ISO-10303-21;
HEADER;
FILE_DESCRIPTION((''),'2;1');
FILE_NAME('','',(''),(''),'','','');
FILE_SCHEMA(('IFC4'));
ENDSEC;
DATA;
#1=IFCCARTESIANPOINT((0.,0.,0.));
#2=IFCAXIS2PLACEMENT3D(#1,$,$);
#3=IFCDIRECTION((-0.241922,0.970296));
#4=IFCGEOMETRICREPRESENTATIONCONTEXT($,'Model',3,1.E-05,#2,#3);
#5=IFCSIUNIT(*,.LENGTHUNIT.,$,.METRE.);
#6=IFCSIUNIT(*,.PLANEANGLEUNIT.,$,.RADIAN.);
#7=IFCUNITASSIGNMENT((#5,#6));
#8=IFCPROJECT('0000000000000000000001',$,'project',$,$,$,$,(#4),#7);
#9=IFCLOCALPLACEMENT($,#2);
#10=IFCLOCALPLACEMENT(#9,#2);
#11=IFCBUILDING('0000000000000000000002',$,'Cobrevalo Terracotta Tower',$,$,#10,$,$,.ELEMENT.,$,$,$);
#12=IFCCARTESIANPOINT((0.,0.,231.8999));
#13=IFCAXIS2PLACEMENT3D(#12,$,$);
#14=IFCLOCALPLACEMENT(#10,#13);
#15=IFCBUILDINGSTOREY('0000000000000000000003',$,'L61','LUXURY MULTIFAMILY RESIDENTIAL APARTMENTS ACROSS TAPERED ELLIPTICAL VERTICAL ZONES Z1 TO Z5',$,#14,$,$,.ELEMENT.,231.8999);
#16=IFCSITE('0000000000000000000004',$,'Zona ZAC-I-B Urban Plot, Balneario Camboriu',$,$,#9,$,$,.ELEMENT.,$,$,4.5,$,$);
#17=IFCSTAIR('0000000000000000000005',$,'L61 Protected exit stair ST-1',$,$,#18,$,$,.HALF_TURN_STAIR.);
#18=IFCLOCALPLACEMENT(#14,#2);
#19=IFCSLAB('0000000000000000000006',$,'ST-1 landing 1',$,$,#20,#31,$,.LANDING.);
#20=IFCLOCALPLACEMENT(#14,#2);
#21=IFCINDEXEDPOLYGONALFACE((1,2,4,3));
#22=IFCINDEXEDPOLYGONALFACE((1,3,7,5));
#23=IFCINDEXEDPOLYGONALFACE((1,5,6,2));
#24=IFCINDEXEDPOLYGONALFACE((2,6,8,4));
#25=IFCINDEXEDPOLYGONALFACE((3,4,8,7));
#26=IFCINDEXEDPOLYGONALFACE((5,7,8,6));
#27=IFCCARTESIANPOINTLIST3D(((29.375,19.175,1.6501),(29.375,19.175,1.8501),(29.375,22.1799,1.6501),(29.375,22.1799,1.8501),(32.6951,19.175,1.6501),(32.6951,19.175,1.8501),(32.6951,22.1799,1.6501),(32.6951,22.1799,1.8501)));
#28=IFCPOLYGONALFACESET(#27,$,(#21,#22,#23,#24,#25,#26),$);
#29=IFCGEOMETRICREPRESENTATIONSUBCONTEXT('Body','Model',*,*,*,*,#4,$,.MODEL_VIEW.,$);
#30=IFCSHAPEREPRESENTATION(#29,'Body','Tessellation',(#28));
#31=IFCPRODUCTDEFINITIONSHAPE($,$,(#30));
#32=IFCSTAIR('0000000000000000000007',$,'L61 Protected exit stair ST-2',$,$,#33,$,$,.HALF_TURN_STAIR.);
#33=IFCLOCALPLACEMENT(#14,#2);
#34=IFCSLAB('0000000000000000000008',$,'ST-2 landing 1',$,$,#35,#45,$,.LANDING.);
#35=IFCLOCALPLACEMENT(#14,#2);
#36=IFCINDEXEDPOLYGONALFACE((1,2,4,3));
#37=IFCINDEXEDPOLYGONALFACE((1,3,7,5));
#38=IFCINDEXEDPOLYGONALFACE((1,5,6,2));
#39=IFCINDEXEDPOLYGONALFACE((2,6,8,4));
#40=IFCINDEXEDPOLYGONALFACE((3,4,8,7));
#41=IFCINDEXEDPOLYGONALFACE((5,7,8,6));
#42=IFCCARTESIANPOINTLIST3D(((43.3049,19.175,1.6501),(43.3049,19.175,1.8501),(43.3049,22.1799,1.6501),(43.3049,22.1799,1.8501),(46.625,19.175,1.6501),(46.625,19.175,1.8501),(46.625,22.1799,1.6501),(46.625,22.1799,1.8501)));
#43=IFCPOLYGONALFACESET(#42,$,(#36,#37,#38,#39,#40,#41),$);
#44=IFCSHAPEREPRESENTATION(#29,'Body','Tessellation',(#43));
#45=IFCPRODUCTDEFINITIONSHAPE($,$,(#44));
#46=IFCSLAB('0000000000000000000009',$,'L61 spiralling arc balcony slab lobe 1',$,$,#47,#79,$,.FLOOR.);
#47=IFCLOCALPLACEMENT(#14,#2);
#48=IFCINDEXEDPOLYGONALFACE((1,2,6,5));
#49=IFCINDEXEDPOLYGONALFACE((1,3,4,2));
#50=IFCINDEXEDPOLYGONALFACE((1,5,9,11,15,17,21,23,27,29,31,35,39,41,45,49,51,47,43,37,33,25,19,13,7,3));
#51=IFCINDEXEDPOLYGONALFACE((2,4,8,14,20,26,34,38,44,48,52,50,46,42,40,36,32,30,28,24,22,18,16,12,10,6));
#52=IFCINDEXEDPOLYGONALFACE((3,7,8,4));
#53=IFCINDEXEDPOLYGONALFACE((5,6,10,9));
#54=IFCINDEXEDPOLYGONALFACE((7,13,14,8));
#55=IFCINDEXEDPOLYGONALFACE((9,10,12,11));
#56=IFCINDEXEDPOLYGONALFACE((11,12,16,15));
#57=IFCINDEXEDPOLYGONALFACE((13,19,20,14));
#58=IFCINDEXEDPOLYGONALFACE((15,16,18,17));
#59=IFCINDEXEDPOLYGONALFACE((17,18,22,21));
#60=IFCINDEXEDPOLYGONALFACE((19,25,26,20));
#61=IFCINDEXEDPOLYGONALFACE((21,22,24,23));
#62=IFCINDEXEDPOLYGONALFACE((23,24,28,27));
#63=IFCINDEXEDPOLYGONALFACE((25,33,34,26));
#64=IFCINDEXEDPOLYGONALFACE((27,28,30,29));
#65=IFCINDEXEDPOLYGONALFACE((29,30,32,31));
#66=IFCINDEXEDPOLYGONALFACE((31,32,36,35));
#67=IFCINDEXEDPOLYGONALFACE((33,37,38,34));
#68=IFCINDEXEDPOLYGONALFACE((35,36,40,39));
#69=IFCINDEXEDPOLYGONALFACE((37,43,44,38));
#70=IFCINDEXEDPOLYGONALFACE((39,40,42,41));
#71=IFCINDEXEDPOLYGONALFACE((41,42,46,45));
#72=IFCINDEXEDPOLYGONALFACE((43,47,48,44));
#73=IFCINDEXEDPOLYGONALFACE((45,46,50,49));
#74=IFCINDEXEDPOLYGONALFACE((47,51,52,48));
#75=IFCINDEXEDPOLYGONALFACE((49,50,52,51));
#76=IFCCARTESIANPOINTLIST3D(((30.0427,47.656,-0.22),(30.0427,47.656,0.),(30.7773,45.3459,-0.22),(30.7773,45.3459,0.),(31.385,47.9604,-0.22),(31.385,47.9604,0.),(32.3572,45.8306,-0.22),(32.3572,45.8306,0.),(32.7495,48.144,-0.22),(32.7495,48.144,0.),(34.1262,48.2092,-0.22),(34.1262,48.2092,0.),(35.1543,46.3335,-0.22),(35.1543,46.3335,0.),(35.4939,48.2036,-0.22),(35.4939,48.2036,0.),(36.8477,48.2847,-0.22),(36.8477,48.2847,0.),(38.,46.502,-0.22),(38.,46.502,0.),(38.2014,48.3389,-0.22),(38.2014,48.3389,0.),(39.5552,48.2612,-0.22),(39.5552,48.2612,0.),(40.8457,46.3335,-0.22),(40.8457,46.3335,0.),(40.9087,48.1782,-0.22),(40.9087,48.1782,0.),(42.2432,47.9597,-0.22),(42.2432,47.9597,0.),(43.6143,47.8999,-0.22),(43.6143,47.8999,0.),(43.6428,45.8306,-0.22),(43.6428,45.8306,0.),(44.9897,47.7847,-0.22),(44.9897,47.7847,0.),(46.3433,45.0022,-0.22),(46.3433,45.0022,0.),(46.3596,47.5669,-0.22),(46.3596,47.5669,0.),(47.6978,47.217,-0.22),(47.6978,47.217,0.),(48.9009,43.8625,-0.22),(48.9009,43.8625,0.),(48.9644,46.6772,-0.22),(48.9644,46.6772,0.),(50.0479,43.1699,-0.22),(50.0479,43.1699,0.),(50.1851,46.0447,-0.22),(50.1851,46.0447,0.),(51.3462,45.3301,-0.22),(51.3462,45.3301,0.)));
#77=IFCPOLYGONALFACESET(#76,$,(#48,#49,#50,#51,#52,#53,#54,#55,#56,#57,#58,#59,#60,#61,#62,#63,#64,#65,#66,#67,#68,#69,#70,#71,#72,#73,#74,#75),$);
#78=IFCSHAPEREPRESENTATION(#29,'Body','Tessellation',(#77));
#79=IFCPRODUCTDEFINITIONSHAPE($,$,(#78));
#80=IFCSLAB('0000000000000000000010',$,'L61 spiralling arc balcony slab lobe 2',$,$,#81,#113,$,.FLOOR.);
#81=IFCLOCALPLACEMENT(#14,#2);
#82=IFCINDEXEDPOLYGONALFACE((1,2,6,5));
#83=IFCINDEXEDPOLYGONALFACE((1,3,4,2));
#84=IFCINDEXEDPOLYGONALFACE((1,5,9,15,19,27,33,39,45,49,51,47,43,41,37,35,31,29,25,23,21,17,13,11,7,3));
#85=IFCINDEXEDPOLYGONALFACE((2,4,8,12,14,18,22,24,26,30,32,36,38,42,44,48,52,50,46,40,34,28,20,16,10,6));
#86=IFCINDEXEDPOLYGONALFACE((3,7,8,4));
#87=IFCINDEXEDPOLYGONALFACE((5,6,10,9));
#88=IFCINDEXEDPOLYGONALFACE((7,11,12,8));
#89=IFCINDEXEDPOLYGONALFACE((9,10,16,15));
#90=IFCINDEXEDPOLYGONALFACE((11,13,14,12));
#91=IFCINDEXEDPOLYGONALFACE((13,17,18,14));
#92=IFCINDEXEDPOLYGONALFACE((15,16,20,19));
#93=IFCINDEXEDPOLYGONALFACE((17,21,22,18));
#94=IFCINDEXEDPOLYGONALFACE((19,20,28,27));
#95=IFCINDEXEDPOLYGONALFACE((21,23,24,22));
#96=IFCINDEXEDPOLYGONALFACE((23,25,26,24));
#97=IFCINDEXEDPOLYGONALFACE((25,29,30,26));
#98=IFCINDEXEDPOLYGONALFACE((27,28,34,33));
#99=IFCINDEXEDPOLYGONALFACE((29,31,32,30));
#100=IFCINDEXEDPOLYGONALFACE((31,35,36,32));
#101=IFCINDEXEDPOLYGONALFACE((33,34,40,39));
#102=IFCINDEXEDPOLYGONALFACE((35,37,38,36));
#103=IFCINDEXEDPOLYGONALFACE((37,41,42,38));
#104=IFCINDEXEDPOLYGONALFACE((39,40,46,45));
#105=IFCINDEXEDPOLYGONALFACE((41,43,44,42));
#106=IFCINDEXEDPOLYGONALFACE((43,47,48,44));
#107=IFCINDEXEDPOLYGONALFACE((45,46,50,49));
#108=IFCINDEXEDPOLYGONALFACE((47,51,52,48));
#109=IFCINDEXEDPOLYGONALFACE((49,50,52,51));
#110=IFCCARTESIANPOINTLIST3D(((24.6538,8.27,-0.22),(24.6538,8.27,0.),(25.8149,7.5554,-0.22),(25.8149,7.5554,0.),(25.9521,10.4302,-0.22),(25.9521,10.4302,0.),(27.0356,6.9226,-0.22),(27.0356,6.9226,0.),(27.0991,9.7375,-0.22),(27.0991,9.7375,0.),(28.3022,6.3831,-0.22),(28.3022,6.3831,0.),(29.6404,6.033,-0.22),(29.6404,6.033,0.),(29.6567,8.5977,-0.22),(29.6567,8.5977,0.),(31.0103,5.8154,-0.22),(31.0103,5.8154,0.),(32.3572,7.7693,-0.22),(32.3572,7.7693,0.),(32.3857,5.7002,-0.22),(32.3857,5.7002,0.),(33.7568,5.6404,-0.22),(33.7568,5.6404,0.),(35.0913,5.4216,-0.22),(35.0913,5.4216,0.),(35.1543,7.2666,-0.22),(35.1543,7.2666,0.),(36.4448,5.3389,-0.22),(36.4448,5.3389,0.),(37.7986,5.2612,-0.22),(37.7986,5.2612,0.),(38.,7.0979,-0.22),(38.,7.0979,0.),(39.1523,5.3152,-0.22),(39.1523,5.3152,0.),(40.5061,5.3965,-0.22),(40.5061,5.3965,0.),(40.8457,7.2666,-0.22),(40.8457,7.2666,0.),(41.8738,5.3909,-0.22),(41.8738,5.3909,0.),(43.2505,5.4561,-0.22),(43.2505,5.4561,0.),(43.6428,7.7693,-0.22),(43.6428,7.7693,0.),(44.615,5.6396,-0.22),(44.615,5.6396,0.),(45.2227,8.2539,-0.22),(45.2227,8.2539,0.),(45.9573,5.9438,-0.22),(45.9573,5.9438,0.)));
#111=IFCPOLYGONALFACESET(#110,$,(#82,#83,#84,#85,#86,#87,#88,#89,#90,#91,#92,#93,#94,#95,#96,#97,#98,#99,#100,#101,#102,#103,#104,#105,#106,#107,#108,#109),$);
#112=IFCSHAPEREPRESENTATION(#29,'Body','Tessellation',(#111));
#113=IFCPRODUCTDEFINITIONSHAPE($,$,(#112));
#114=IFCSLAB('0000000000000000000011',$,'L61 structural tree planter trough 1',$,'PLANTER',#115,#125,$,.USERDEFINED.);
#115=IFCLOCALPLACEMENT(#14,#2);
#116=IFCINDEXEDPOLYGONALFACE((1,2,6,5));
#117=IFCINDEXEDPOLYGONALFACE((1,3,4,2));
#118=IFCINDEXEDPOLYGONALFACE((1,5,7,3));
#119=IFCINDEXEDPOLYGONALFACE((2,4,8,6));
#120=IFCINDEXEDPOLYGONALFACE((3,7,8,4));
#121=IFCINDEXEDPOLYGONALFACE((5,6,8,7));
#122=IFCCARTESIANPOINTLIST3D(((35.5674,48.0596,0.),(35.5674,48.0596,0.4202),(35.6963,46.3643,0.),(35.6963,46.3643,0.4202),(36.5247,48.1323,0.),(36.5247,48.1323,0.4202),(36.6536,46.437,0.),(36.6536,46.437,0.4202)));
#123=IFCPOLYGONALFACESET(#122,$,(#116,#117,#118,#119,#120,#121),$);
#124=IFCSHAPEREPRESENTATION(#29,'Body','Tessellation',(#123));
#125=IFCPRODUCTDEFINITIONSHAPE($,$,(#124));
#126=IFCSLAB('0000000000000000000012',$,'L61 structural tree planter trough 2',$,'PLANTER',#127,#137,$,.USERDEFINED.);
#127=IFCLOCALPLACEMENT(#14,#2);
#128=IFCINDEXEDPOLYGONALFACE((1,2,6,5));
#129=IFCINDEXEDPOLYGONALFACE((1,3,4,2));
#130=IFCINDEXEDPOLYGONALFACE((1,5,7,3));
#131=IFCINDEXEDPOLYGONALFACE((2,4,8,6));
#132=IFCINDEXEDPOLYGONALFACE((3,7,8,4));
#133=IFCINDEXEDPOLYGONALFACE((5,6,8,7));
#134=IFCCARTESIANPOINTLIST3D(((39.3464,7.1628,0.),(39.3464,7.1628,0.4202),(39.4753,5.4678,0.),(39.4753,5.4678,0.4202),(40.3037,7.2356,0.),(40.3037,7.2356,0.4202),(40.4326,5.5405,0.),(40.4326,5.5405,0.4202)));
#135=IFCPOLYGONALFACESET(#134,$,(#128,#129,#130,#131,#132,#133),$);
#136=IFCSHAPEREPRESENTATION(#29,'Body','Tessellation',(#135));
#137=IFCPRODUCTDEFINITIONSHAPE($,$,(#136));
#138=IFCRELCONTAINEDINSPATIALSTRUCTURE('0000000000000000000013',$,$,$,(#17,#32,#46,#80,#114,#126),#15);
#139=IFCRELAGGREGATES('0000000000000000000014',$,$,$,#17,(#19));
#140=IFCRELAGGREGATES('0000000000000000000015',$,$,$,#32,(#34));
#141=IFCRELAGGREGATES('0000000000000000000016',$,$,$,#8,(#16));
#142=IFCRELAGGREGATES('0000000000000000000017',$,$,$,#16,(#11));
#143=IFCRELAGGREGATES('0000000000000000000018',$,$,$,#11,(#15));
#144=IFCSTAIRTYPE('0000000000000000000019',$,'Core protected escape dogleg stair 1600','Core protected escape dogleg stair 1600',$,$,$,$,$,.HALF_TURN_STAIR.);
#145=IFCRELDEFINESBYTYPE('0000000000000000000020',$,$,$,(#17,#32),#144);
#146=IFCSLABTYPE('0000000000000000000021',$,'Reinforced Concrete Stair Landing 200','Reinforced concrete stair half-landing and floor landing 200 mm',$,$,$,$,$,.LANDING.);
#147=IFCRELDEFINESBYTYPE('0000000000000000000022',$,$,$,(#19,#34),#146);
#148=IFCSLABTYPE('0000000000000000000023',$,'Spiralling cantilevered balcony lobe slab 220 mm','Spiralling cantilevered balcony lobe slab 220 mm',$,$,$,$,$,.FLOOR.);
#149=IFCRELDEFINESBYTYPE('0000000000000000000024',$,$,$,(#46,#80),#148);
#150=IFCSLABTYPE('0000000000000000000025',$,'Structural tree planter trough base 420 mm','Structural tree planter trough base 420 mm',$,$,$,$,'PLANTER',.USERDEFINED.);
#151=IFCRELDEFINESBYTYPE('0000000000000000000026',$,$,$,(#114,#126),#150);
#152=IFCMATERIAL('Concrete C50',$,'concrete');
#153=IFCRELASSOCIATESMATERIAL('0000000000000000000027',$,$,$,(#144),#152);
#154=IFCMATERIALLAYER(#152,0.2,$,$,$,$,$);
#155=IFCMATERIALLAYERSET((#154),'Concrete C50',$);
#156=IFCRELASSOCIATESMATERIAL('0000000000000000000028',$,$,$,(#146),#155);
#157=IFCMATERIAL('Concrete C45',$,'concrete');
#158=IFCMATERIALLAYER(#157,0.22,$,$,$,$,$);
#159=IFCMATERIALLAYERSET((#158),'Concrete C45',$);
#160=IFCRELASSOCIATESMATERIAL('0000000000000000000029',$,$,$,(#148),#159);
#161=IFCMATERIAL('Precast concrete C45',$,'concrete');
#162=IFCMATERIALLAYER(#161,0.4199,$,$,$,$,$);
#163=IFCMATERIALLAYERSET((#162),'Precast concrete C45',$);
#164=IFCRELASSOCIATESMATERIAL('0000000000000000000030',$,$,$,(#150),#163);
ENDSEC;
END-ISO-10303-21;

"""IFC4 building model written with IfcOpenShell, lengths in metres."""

from ifc_helpers import new_model, si_unit, direction, frame, origin, place, context, subcontext, project, spatial, polyline, outline, extrude, material, layer, layer_set, type_object, element, aggregate, save


model = new_model("IFC4")

# Units and contexts
model_context = context("Model", 3, precision=1e-05, world=origin(), true_north=direction((-0.241922, 0.970296)))
body_context = subcontext(model_context, "Body", "Model", "MODEL_VIEW")
ifc_project = project(units=[si_unit("LENGTHUNIT", "METRE"), si_unit("PLANEANGLEUNIT", "RADIAN")], contexts=[model_context])

# Site, building, storey
site_placement = place(None, origin())
site = spatial("IfcSite", under=ifc_project, at=site_placement, Name="Zona ZAC-I-B Urban Plot, Balneario Camboriu", CompositionType="ELEMENT", RefElevation=4.5)
building_placement = place(site_placement, origin())
building = spatial("IfcBuilding", under=site, at=building_placement, Name="Cobrevalo Terracotta Tower", CompositionType="ELEMENT")
storey_placement = place(building_placement, frame((0.0, 0.0, 231.8999)))
storey = spatial("IfcBuildingStorey", under=building, at=storey_placement, Name="L61", Description="LUXURY MULTIFAMILY RESIDENTIAL APARTMENTS ACROSS TAPERED ELLIPTICAL VERTICAL ZONES Z1 TO Z5", CompositionType="ELEMENT", Elevation=231.8999)

# Stairs, slabs
ifc_material_1 = material(Name="Concrete C50", Category="concrete")
stair_type = type_object("IfcStairType", Name="Core protected escape dogleg stair 1600", Description="Core protected escape dogleg stair 1600", PredefinedType="HALF_TURN_STAIR", material=ifc_material_1)
stair_1_placement = place(storey_placement, origin())
stair_1 = element("IfcStair", 1, at=stair_1_placement, inside=storey, type_object=stair_type, Name="L61 Protected exit stair ST-1", PredefinedType="HALF_TURN_STAIR")
ifc_layer_1 = layer(ifc_material_1, 0.2)
ifc_layer_set_1 = layer_set([ifc_layer_1], Name="Concrete C50")
slab_type_1 = type_object("IfcSlabType", Name="Reinforced Concrete Stair Landing 200", Description="Reinforced concrete stair half-landing and floor landing 200 mm", PredefinedType="LANDING", material=ifc_layer_set_1)
slab_1_placement = place(storey_placement, frame((0.0, 0.0, 1.6501)))
slab_1 = element("IfcSlab", 2, at=slab_1_placement, type_object=slab_type_1, Name="ST-1 landing 1", PredefinedType="LANDING", context=body_context, shape_type="SweptSolid", body=[
    extrude(outline(polyline([(29.375, 22.1799), (29.375, 19.175), (32.6951, 19.175), (32.6951, 22.1799), (29.375, 22.1799)])), origin(), (0.0, 0.0, 1.0), 0.2),
])
aggregate(stair_1, [slab_1])
stair_2_placement = place(storey_placement, origin())
stair_2 = element("IfcStair", 3, at=stair_2_placement, inside=storey, type_object=stair_type, Name="L61 Protected exit stair ST-2", PredefinedType="HALF_TURN_STAIR")
slab_2_placement = place(storey_placement, frame((0.0, 0.0, 1.6501)))
slab_2 = element("IfcSlab", 4, at=slab_2_placement, type_object=slab_type_1, Name="ST-2 landing 1", PredefinedType="LANDING", context=body_context, shape_type="SweptSolid", body=[
    extrude(outline(polyline([(43.3049, 22.1799), (43.3049, 19.175), (46.625, 19.175), (46.625, 22.1799), (43.3049, 22.1799)])), origin(), (0.0, 0.0, 1.0), 0.2),
])
aggregate(stair_2, [slab_2])

# Slabs
ifc_material_2 = material(Name="Concrete C45", Category="concrete")
ifc_layer_2 = layer(ifc_material_2, 0.22)
ifc_layer_set_2 = layer_set([ifc_layer_2], Name="Concrete C45")
slab_type_2 = type_object("IfcSlabType", Name="Spiralling cantilevered balcony lobe slab 220 mm", Description="Spiralling cantilevered balcony lobe slab 220 mm", PredefinedType="FLOOR", material=ifc_layer_set_2)
slab_3_placement = place(storey_placement, frame((0.0, 0.0, -0.22)))
element("IfcSlab", 5, at=slab_3_placement, inside=storey, type_object=slab_type_2, Name="L61 spiralling arc balcony slab lobe 1", PredefinedType="FLOOR", context=body_context, shape_type="SweptSolid", body=[
    extrude(outline(polyline([(51.3462, 45.3301), (50.1851, 46.0447), (48.9644, 46.6772), (47.6978, 47.217), (46.3596, 47.5669), (44.9897, 47.7847), (43.6143, 47.8999), (42.2432, 47.9597), (40.9087, 48.1782), (39.5552, 48.2612), (38.2014, 48.3389), (36.8477, 48.2847), (35.4939, 48.2036), (34.1262, 48.2092), (32.7495, 48.144), (31.385, 47.9604), (30.0427, 47.656), (30.7773, 45.3459), (32.3572, 45.8306), (35.1543, 46.3335), (38.0, 46.502), (40.8457, 46.3335), (43.6428, 45.8306), (46.3433, 45.0022), (48.9009, 43.8625), (50.0479, 43.1699), (51.3462, 45.3301)])), origin(), (0.0, 0.0, 1.0), 0.22),
])
slab_4_placement = place(storey_placement, frame((0.0, 0.0, -0.22)))
element("IfcSlab", 6, at=slab_4_placement, inside=storey, type_object=slab_type_2, Name="L61 spiralling arc balcony slab lobe 2", PredefinedType="FLOOR", context=body_context, shape_type="SweptSolid", body=[
    extrude(outline(polyline([(24.6538, 8.27), (25.8149, 7.5554), (27.0356, 6.9226), (28.3022, 6.3831), (29.6404, 6.033), (31.0103, 5.8154), (32.3857, 5.7002), (33.7568, 5.6404), (35.0913, 5.4216), (36.4448, 5.3389), (37.7986, 5.2612), (39.1523, 5.3152), (40.5061, 5.3965), (41.8738, 5.3909), (43.2505, 5.4561), (44.615, 5.6396), (45.9573, 5.9438), (45.2227, 8.2539), (43.6428, 7.7693), (40.8457, 7.2666), (38.0, 7.0979), (35.1543, 7.2666), (32.3572, 7.7693), (29.6567, 8.5977), (27.0991, 9.7375), (25.9521, 10.4302), (24.6538, 8.27)])), origin(), (0.0, 0.0, 1.0), 0.22),
])
ifc_material_3 = material(Name="Precast concrete C45", Category="concrete")
ifc_layer_3 = layer(ifc_material_3, 0.4199)
ifc_layer_set_3 = layer_set([ifc_layer_3], Name="Precast concrete C45")
slab_type_3 = type_object("IfcSlabType", Name="Structural tree planter trough base 420 mm", Description="Structural tree planter trough base 420 mm", ElementType="PLANTER", PredefinedType="USERDEFINED", material=ifc_layer_set_3)
slab_5_placement = place(storey_placement, origin())
element("IfcSlab", 7, at=slab_5_placement, inside=storey, type_object=slab_type_3, Name="L61 structural tree planter trough 1", ObjectType="PLANTER", PredefinedType="USERDEFINED", context=body_context, shape_type="SweptSolid", body=[
    extrude(outline(polyline([(36.6536, 46.437), (36.5247, 48.1323), (35.5674, 48.0596), (35.6963, 46.3643), (36.6536, 46.437)])), origin(), (0.0, 0.0, 1.0), 0.4202),
])
slab_6_placement = place(storey_placement, origin())
element("IfcSlab", 8, at=slab_6_placement, inside=storey, type_object=slab_type_3, Name="L61 structural tree planter trough 2", ObjectType="PLANTER", PredefinedType="USERDEFINED", context=body_context, shape_type="SweptSolid", body=[
    extrude(outline(polyline([(39.3464, 7.1628), (39.4753, 5.4678), (40.4326, 5.5405), (40.3037, 7.2356), (39.3464, 7.1628)])), origin(), (0.0, 0.0, 1.0), 0.4202),
])

save(model, "model.ifc")
